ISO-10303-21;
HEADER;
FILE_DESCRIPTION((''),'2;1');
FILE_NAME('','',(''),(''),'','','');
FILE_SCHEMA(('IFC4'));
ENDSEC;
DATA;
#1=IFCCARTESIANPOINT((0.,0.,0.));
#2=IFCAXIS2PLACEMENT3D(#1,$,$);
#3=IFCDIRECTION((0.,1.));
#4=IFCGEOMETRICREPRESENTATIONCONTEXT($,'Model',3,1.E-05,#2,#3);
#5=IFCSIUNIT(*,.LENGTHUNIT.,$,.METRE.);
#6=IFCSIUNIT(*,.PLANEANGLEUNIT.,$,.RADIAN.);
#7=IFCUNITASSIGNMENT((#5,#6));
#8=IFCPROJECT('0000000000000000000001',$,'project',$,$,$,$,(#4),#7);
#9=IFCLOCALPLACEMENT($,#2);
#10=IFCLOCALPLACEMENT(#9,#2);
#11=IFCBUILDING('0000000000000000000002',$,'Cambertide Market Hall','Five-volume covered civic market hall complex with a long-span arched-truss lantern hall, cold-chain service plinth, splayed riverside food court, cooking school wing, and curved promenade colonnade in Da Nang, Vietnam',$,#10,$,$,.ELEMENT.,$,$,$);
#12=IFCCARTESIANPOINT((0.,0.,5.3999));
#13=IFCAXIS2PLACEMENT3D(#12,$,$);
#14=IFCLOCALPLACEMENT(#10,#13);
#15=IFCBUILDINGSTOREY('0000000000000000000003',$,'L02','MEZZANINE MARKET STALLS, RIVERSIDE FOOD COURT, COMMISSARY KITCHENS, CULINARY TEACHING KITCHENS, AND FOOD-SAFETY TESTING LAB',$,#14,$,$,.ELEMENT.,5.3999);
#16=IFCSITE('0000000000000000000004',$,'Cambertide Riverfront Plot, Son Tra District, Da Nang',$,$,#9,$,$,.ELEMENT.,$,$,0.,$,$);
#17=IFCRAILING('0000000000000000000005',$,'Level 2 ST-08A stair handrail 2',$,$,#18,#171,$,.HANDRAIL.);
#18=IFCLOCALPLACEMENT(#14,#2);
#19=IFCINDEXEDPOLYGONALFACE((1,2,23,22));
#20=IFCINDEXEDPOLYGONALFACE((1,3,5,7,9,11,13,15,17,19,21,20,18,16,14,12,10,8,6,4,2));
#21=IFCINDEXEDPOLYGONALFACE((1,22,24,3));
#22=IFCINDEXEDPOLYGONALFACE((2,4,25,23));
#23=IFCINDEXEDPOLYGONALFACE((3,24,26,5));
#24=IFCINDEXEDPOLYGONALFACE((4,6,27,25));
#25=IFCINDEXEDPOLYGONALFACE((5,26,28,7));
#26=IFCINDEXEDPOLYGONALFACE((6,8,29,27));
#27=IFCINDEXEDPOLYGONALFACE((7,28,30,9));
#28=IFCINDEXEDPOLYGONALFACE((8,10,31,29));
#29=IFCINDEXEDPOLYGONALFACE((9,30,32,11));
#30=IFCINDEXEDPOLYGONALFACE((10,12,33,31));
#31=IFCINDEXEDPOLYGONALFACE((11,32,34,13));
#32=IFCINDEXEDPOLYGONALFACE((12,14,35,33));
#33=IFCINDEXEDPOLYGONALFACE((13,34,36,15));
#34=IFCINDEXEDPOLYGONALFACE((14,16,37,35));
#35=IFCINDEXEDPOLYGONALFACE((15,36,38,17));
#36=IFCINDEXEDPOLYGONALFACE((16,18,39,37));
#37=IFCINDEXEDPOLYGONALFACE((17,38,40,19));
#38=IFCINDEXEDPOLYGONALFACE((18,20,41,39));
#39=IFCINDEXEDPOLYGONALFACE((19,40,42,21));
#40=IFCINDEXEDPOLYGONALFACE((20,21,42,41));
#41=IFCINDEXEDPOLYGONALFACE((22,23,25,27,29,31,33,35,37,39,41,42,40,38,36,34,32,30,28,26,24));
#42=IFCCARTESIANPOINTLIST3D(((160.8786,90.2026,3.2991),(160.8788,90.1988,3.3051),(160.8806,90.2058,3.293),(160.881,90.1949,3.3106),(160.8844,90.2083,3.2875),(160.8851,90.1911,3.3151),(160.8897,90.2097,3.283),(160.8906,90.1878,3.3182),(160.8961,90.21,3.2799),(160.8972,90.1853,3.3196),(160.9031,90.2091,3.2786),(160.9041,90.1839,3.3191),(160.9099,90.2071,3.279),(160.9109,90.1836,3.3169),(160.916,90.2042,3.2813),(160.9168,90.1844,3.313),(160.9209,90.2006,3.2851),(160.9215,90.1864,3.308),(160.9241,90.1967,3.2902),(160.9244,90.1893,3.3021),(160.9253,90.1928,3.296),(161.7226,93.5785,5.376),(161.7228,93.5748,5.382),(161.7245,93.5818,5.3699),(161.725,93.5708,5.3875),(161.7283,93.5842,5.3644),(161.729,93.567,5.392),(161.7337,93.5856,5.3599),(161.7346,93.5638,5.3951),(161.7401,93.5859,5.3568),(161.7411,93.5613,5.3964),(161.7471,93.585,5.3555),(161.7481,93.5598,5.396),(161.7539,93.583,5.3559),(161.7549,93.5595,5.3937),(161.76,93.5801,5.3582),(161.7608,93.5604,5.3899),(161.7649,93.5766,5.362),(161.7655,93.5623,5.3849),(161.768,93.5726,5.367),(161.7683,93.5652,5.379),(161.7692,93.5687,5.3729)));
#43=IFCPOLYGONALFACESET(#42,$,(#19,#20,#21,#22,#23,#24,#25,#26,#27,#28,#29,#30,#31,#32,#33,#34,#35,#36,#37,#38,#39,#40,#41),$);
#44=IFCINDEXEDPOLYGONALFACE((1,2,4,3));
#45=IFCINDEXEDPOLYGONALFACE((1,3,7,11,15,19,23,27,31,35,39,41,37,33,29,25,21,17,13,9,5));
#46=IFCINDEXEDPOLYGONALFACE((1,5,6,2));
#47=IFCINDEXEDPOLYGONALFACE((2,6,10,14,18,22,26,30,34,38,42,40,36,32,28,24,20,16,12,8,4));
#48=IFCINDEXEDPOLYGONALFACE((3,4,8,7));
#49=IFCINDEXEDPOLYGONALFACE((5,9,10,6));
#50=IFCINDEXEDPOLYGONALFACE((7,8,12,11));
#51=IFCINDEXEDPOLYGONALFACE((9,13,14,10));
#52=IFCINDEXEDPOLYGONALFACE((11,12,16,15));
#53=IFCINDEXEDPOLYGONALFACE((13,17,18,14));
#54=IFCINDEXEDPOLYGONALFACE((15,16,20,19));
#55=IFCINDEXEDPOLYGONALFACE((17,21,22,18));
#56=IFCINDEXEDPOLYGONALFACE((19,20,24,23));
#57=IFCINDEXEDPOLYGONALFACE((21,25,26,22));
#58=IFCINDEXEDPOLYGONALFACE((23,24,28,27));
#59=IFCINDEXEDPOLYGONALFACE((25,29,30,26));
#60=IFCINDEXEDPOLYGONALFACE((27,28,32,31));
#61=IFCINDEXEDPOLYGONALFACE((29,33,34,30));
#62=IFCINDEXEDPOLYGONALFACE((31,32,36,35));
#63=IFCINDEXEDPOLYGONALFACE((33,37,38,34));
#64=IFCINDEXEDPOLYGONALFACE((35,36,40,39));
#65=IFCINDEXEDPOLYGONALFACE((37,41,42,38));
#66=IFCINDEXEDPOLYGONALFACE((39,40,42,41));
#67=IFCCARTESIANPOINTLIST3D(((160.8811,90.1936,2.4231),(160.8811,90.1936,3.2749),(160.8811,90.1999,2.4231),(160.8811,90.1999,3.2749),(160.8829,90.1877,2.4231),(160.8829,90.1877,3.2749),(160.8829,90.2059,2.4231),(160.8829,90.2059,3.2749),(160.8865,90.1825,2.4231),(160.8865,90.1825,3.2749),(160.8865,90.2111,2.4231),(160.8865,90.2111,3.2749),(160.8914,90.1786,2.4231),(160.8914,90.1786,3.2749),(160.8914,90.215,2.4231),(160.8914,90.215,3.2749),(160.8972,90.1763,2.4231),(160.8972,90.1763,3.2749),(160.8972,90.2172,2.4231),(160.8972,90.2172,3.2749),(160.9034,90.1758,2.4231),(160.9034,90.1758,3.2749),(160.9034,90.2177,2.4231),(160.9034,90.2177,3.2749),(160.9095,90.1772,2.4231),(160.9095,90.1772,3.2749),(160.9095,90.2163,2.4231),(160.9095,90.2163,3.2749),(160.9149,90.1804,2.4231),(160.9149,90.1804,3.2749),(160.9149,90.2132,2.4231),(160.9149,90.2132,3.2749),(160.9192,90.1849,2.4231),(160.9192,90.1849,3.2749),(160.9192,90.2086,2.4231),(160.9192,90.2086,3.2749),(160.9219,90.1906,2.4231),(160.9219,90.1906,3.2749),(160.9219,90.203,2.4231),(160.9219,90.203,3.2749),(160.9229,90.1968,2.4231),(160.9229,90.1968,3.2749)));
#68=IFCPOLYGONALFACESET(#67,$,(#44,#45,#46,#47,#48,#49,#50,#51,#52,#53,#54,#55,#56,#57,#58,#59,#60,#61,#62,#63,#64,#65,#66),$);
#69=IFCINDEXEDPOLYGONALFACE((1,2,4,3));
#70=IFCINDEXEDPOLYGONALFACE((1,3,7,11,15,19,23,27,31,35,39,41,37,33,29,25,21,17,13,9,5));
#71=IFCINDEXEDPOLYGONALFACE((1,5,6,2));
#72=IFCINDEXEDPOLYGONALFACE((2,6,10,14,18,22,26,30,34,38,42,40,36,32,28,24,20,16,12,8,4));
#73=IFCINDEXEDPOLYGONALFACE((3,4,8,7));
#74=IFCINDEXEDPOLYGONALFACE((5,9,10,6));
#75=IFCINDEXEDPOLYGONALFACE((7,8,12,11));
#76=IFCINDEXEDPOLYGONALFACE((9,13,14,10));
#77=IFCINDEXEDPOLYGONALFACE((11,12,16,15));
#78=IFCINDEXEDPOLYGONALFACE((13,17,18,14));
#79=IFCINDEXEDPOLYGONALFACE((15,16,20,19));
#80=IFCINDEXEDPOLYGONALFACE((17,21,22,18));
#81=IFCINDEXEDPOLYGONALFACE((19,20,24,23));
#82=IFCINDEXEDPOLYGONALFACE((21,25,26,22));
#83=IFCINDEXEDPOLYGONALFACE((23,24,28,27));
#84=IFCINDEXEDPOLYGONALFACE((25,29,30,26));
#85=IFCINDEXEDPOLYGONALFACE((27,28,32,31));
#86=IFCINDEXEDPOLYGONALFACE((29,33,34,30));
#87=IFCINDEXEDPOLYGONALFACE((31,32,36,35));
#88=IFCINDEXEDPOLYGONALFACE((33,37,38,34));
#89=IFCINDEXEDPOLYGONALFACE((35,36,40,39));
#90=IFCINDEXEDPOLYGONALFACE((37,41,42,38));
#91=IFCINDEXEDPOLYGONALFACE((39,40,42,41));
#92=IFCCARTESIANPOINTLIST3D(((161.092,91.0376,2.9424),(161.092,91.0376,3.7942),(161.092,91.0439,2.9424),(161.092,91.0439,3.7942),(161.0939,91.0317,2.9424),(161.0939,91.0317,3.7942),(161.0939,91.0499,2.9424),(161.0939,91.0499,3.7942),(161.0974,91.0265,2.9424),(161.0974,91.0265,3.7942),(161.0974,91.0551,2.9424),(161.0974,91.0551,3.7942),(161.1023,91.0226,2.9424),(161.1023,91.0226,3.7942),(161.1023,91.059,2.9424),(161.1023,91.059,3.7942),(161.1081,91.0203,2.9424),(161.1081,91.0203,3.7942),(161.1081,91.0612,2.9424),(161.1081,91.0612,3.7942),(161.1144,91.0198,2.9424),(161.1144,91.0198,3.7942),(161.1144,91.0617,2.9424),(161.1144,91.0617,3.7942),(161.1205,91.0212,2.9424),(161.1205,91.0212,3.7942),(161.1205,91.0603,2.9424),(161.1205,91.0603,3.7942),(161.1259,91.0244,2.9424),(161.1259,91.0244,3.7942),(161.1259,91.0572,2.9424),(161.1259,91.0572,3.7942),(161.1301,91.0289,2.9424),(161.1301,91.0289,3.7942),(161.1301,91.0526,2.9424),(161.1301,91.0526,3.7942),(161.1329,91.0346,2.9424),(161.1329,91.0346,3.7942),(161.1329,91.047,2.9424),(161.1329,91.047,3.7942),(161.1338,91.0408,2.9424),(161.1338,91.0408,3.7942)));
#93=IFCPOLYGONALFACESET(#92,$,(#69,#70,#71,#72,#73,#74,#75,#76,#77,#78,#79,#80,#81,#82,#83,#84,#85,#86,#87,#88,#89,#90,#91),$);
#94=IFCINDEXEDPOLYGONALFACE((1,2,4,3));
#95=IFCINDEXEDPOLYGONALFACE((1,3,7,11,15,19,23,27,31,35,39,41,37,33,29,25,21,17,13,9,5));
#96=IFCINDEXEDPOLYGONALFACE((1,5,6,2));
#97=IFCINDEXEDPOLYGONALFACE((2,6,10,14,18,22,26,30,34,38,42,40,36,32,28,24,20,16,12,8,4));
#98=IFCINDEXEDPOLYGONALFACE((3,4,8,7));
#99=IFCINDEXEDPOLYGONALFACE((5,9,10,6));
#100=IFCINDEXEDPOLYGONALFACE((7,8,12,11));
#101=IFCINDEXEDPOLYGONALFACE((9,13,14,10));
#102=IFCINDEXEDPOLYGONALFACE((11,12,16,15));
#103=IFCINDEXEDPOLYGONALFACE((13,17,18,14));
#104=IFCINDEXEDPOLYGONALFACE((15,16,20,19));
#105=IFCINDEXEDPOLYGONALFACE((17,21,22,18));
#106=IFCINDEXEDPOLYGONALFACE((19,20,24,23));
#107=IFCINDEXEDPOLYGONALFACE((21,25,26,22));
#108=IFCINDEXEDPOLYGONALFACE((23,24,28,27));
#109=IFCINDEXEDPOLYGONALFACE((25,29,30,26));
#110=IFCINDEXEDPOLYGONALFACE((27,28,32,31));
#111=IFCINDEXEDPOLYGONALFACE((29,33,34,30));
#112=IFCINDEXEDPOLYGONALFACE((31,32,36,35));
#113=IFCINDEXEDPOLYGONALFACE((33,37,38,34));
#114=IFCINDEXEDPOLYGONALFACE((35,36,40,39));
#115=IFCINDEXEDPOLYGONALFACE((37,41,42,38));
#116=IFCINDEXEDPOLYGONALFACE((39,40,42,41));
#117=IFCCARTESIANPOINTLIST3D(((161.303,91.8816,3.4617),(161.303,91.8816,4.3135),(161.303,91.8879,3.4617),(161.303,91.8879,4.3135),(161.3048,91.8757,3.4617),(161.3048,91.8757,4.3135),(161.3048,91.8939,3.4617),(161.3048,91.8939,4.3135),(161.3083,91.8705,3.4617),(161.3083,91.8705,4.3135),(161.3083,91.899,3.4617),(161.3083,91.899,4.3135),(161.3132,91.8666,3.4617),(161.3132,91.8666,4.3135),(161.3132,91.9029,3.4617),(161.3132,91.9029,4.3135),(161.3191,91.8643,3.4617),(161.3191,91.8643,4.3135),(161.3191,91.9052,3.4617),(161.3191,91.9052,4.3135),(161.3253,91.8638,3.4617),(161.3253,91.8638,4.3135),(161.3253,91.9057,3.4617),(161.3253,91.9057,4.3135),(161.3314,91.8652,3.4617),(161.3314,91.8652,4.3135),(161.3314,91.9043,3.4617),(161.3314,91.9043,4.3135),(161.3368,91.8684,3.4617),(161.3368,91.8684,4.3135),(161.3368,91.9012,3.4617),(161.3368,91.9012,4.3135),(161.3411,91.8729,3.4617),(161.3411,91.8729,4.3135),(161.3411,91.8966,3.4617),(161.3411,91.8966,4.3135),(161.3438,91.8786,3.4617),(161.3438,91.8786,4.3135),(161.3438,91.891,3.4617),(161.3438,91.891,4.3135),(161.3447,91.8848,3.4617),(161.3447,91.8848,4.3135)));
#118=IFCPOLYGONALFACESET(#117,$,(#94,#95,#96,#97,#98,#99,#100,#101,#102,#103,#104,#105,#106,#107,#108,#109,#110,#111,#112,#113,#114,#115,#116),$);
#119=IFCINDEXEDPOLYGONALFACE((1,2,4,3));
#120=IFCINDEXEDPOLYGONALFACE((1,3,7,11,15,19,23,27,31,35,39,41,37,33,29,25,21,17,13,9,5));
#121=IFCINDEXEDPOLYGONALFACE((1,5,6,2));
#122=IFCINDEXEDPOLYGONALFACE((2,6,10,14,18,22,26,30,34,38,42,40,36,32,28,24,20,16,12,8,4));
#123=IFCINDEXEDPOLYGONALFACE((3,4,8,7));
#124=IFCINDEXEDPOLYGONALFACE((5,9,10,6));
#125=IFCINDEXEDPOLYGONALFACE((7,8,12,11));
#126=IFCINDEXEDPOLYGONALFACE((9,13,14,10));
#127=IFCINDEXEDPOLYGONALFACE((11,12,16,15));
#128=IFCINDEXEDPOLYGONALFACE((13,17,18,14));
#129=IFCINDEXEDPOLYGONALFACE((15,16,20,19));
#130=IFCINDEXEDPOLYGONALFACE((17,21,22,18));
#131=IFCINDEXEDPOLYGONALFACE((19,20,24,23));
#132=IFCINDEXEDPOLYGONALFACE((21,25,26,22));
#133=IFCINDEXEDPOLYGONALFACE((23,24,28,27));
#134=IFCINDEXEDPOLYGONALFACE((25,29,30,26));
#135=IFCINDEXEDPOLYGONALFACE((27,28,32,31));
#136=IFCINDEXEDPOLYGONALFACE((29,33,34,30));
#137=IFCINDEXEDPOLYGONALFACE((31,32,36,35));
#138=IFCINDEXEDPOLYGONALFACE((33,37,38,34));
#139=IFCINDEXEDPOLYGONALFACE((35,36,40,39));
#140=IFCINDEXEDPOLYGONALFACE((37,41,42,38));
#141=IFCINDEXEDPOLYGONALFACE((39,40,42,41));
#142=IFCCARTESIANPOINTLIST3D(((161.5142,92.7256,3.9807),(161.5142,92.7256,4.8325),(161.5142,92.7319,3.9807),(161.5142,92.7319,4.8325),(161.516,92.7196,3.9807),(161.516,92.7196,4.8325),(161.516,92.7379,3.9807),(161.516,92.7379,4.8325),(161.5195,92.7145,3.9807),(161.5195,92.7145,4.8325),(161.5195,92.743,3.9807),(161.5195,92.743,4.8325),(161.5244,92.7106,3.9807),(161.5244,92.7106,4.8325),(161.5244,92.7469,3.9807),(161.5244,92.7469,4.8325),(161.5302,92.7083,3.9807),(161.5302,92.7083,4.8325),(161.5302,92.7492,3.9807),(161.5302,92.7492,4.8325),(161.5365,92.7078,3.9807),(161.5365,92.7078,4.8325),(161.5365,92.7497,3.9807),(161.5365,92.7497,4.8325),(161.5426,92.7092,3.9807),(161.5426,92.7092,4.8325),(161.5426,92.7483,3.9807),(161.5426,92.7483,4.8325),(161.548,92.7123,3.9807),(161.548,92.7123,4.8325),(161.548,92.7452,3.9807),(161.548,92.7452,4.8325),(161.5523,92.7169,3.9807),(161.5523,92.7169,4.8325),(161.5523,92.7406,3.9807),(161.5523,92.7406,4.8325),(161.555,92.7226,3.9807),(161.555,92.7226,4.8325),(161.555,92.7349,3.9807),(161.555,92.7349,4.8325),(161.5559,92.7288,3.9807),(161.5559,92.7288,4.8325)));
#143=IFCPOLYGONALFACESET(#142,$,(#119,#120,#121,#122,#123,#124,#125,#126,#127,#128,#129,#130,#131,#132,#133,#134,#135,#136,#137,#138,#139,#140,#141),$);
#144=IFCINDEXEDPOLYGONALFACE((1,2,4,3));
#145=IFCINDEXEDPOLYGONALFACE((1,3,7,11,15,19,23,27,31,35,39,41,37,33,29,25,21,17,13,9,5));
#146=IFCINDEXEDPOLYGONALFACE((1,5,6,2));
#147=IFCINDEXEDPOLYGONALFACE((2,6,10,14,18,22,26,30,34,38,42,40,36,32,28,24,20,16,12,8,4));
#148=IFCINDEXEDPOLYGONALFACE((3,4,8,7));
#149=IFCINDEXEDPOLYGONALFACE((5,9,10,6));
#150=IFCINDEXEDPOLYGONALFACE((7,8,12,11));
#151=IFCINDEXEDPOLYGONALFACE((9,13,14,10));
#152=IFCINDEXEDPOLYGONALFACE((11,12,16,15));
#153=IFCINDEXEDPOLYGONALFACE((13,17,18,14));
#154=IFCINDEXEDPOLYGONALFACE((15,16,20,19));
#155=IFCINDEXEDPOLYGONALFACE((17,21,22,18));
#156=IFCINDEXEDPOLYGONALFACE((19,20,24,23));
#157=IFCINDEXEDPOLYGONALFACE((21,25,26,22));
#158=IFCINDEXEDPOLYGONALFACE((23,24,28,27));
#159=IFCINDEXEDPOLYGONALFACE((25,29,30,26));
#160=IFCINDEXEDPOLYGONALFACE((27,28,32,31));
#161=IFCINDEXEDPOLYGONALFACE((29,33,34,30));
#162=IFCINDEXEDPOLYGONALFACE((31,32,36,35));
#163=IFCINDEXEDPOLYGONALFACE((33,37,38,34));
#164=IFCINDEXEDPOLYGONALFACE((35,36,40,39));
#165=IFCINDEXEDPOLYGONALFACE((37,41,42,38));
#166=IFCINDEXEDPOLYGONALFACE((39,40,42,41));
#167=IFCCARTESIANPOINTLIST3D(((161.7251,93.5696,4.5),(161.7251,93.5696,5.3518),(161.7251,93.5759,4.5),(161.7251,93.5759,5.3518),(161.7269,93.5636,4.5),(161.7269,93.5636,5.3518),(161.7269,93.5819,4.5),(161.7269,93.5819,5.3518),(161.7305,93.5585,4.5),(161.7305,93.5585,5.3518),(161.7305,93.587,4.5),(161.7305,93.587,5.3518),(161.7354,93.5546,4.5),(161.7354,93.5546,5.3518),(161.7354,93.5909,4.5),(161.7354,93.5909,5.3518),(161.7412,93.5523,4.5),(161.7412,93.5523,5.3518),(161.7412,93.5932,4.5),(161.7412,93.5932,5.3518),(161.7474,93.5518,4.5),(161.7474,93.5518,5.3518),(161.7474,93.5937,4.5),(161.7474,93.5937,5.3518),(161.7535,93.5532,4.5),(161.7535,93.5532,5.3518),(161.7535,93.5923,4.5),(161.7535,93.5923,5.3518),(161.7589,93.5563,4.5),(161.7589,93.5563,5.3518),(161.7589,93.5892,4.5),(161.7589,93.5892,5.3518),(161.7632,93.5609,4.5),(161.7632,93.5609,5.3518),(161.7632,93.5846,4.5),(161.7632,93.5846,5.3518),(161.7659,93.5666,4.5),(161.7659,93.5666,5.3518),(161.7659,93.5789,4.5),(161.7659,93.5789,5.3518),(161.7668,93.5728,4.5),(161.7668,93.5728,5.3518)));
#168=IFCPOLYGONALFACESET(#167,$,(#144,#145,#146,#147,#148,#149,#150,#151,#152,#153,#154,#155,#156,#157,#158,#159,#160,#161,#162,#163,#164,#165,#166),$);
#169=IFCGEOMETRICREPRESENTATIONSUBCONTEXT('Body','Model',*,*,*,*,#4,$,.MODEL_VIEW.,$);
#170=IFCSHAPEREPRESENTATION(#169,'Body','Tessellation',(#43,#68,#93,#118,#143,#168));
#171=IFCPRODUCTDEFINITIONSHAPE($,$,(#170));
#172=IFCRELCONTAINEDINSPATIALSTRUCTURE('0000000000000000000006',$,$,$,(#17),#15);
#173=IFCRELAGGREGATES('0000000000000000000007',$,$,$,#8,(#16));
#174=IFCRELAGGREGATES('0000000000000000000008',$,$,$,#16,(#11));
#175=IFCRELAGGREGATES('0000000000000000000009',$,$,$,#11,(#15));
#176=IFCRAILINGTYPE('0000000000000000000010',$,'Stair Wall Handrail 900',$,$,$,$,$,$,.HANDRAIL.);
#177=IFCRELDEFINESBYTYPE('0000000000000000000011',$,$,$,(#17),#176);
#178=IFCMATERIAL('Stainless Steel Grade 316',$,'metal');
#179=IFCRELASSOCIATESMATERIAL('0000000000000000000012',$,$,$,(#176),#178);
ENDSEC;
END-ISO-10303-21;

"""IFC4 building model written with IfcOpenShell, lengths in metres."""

from ifc_helpers import new_model, si_unit, direction, frame, origin, origin_2d, place, context, subcontext, project, spatial, circle, extrude, material, type_object, element, save


model = new_model("IFC4")

# Units and contexts
model_context = context("Model", 3, precision=1e-05, world=origin(), true_north=direction((0.0, 1.0)))
body_context = subcontext(model_context, "Body", "Model", "MODEL_VIEW")
ifc_project = project(units=[si_unit("LENGTHUNIT", "METRE"), si_unit("PLANEANGLEUNIT", "RADIAN")], contexts=[model_context])

# Site, building, storey
site_placement = place(None, origin())
site = spatial("IfcSite", under=ifc_project, at=site_placement, Name="Cambertide Riverfront Plot, Son Tra District, Da Nang", CompositionType="ELEMENT", RefElevation=0.0)
building_placement = place(site_placement, origin())
building = spatial("IfcBuilding", under=site, at=building_placement, Name="Cambertide Market Hall", Description="Five-volume covered civic market hall complex with a long-span arched-truss lantern hall, cold-chain service plinth, splayed riverside food court, cooking school wing, and curved promenade colonnade in Da Nang, Vietnam", CompositionType="ELEMENT")
storey_placement = place(building_placement, frame((0.0, 0.0, 5.3999)))
storey = spatial("IfcBuildingStorey", under=building, at=storey_placement, Name="L02", Description="MEZZANINE MARKET STALLS, RIVERSIDE FOOD COURT, COMMISSARY KITCHENS, CULINARY TEACHING KITCHENS, AND FOOD-SAFETY TESTING LAB", CompositionType="ELEMENT", Elevation=5.3999)

# Railing
ifc_material_1 = material(Name="Stainless Steel Grade 316", Category="metal")
railing_type_1 = type_object("IfcRailingType", Name="Stair Wall Handrail 900", PredefinedType="HANDRAIL", material=ifc_material_1)
railing_1_placement = place(storey_placement, frame((160.9019, 90.1968, 2.4231)))
element("IfcRailing", 1, at=railing_1_placement, inside=storey, type_object=railing_type_1, Name="Level 2 ST-08A stair handrail 2", PredefinedType="HANDRAIL", context=body_context, shape_type="SweptSolid", body=[
    extrude(circle(Radius=0.0239, at=origin_2d()), frame((0.0, 0.0, 0.876), z_axis=(0.208263, 0.833052, 0.512495), x_axis=(-0.970143, 0.242536, 0.0)), (0.0, 0.0, 1.0), 4.0525),
    extrude(circle(Radius=0.021, at=origin_2d()), origin(), (0.0, 0.0, 1.0), 0.8518),
    extrude(circle(Radius=0.021, at=origin_2d()), frame((0.2109, 0.844, 0.5193)), (0.0, 0.0, 1.0), 0.8518),
    extrude(circle(Radius=0.021, at=origin_2d()), frame((0.4219, 1.688, 1.0386)), (0.0, 0.0, 1.0), 0.8518),
    extrude(circle(Radius=0.021, at=origin_2d()), frame((0.6331, 2.532, 1.5576)), (0.0, 0.0, 1.0), 0.8518),
    extrude(circle(Radius=0.021, at=origin_2d()), frame((0.844, 3.376, 2.0769)), (0.0, 0.0, 1.0), 0.8518),
])

save(model, "model.ifc")
